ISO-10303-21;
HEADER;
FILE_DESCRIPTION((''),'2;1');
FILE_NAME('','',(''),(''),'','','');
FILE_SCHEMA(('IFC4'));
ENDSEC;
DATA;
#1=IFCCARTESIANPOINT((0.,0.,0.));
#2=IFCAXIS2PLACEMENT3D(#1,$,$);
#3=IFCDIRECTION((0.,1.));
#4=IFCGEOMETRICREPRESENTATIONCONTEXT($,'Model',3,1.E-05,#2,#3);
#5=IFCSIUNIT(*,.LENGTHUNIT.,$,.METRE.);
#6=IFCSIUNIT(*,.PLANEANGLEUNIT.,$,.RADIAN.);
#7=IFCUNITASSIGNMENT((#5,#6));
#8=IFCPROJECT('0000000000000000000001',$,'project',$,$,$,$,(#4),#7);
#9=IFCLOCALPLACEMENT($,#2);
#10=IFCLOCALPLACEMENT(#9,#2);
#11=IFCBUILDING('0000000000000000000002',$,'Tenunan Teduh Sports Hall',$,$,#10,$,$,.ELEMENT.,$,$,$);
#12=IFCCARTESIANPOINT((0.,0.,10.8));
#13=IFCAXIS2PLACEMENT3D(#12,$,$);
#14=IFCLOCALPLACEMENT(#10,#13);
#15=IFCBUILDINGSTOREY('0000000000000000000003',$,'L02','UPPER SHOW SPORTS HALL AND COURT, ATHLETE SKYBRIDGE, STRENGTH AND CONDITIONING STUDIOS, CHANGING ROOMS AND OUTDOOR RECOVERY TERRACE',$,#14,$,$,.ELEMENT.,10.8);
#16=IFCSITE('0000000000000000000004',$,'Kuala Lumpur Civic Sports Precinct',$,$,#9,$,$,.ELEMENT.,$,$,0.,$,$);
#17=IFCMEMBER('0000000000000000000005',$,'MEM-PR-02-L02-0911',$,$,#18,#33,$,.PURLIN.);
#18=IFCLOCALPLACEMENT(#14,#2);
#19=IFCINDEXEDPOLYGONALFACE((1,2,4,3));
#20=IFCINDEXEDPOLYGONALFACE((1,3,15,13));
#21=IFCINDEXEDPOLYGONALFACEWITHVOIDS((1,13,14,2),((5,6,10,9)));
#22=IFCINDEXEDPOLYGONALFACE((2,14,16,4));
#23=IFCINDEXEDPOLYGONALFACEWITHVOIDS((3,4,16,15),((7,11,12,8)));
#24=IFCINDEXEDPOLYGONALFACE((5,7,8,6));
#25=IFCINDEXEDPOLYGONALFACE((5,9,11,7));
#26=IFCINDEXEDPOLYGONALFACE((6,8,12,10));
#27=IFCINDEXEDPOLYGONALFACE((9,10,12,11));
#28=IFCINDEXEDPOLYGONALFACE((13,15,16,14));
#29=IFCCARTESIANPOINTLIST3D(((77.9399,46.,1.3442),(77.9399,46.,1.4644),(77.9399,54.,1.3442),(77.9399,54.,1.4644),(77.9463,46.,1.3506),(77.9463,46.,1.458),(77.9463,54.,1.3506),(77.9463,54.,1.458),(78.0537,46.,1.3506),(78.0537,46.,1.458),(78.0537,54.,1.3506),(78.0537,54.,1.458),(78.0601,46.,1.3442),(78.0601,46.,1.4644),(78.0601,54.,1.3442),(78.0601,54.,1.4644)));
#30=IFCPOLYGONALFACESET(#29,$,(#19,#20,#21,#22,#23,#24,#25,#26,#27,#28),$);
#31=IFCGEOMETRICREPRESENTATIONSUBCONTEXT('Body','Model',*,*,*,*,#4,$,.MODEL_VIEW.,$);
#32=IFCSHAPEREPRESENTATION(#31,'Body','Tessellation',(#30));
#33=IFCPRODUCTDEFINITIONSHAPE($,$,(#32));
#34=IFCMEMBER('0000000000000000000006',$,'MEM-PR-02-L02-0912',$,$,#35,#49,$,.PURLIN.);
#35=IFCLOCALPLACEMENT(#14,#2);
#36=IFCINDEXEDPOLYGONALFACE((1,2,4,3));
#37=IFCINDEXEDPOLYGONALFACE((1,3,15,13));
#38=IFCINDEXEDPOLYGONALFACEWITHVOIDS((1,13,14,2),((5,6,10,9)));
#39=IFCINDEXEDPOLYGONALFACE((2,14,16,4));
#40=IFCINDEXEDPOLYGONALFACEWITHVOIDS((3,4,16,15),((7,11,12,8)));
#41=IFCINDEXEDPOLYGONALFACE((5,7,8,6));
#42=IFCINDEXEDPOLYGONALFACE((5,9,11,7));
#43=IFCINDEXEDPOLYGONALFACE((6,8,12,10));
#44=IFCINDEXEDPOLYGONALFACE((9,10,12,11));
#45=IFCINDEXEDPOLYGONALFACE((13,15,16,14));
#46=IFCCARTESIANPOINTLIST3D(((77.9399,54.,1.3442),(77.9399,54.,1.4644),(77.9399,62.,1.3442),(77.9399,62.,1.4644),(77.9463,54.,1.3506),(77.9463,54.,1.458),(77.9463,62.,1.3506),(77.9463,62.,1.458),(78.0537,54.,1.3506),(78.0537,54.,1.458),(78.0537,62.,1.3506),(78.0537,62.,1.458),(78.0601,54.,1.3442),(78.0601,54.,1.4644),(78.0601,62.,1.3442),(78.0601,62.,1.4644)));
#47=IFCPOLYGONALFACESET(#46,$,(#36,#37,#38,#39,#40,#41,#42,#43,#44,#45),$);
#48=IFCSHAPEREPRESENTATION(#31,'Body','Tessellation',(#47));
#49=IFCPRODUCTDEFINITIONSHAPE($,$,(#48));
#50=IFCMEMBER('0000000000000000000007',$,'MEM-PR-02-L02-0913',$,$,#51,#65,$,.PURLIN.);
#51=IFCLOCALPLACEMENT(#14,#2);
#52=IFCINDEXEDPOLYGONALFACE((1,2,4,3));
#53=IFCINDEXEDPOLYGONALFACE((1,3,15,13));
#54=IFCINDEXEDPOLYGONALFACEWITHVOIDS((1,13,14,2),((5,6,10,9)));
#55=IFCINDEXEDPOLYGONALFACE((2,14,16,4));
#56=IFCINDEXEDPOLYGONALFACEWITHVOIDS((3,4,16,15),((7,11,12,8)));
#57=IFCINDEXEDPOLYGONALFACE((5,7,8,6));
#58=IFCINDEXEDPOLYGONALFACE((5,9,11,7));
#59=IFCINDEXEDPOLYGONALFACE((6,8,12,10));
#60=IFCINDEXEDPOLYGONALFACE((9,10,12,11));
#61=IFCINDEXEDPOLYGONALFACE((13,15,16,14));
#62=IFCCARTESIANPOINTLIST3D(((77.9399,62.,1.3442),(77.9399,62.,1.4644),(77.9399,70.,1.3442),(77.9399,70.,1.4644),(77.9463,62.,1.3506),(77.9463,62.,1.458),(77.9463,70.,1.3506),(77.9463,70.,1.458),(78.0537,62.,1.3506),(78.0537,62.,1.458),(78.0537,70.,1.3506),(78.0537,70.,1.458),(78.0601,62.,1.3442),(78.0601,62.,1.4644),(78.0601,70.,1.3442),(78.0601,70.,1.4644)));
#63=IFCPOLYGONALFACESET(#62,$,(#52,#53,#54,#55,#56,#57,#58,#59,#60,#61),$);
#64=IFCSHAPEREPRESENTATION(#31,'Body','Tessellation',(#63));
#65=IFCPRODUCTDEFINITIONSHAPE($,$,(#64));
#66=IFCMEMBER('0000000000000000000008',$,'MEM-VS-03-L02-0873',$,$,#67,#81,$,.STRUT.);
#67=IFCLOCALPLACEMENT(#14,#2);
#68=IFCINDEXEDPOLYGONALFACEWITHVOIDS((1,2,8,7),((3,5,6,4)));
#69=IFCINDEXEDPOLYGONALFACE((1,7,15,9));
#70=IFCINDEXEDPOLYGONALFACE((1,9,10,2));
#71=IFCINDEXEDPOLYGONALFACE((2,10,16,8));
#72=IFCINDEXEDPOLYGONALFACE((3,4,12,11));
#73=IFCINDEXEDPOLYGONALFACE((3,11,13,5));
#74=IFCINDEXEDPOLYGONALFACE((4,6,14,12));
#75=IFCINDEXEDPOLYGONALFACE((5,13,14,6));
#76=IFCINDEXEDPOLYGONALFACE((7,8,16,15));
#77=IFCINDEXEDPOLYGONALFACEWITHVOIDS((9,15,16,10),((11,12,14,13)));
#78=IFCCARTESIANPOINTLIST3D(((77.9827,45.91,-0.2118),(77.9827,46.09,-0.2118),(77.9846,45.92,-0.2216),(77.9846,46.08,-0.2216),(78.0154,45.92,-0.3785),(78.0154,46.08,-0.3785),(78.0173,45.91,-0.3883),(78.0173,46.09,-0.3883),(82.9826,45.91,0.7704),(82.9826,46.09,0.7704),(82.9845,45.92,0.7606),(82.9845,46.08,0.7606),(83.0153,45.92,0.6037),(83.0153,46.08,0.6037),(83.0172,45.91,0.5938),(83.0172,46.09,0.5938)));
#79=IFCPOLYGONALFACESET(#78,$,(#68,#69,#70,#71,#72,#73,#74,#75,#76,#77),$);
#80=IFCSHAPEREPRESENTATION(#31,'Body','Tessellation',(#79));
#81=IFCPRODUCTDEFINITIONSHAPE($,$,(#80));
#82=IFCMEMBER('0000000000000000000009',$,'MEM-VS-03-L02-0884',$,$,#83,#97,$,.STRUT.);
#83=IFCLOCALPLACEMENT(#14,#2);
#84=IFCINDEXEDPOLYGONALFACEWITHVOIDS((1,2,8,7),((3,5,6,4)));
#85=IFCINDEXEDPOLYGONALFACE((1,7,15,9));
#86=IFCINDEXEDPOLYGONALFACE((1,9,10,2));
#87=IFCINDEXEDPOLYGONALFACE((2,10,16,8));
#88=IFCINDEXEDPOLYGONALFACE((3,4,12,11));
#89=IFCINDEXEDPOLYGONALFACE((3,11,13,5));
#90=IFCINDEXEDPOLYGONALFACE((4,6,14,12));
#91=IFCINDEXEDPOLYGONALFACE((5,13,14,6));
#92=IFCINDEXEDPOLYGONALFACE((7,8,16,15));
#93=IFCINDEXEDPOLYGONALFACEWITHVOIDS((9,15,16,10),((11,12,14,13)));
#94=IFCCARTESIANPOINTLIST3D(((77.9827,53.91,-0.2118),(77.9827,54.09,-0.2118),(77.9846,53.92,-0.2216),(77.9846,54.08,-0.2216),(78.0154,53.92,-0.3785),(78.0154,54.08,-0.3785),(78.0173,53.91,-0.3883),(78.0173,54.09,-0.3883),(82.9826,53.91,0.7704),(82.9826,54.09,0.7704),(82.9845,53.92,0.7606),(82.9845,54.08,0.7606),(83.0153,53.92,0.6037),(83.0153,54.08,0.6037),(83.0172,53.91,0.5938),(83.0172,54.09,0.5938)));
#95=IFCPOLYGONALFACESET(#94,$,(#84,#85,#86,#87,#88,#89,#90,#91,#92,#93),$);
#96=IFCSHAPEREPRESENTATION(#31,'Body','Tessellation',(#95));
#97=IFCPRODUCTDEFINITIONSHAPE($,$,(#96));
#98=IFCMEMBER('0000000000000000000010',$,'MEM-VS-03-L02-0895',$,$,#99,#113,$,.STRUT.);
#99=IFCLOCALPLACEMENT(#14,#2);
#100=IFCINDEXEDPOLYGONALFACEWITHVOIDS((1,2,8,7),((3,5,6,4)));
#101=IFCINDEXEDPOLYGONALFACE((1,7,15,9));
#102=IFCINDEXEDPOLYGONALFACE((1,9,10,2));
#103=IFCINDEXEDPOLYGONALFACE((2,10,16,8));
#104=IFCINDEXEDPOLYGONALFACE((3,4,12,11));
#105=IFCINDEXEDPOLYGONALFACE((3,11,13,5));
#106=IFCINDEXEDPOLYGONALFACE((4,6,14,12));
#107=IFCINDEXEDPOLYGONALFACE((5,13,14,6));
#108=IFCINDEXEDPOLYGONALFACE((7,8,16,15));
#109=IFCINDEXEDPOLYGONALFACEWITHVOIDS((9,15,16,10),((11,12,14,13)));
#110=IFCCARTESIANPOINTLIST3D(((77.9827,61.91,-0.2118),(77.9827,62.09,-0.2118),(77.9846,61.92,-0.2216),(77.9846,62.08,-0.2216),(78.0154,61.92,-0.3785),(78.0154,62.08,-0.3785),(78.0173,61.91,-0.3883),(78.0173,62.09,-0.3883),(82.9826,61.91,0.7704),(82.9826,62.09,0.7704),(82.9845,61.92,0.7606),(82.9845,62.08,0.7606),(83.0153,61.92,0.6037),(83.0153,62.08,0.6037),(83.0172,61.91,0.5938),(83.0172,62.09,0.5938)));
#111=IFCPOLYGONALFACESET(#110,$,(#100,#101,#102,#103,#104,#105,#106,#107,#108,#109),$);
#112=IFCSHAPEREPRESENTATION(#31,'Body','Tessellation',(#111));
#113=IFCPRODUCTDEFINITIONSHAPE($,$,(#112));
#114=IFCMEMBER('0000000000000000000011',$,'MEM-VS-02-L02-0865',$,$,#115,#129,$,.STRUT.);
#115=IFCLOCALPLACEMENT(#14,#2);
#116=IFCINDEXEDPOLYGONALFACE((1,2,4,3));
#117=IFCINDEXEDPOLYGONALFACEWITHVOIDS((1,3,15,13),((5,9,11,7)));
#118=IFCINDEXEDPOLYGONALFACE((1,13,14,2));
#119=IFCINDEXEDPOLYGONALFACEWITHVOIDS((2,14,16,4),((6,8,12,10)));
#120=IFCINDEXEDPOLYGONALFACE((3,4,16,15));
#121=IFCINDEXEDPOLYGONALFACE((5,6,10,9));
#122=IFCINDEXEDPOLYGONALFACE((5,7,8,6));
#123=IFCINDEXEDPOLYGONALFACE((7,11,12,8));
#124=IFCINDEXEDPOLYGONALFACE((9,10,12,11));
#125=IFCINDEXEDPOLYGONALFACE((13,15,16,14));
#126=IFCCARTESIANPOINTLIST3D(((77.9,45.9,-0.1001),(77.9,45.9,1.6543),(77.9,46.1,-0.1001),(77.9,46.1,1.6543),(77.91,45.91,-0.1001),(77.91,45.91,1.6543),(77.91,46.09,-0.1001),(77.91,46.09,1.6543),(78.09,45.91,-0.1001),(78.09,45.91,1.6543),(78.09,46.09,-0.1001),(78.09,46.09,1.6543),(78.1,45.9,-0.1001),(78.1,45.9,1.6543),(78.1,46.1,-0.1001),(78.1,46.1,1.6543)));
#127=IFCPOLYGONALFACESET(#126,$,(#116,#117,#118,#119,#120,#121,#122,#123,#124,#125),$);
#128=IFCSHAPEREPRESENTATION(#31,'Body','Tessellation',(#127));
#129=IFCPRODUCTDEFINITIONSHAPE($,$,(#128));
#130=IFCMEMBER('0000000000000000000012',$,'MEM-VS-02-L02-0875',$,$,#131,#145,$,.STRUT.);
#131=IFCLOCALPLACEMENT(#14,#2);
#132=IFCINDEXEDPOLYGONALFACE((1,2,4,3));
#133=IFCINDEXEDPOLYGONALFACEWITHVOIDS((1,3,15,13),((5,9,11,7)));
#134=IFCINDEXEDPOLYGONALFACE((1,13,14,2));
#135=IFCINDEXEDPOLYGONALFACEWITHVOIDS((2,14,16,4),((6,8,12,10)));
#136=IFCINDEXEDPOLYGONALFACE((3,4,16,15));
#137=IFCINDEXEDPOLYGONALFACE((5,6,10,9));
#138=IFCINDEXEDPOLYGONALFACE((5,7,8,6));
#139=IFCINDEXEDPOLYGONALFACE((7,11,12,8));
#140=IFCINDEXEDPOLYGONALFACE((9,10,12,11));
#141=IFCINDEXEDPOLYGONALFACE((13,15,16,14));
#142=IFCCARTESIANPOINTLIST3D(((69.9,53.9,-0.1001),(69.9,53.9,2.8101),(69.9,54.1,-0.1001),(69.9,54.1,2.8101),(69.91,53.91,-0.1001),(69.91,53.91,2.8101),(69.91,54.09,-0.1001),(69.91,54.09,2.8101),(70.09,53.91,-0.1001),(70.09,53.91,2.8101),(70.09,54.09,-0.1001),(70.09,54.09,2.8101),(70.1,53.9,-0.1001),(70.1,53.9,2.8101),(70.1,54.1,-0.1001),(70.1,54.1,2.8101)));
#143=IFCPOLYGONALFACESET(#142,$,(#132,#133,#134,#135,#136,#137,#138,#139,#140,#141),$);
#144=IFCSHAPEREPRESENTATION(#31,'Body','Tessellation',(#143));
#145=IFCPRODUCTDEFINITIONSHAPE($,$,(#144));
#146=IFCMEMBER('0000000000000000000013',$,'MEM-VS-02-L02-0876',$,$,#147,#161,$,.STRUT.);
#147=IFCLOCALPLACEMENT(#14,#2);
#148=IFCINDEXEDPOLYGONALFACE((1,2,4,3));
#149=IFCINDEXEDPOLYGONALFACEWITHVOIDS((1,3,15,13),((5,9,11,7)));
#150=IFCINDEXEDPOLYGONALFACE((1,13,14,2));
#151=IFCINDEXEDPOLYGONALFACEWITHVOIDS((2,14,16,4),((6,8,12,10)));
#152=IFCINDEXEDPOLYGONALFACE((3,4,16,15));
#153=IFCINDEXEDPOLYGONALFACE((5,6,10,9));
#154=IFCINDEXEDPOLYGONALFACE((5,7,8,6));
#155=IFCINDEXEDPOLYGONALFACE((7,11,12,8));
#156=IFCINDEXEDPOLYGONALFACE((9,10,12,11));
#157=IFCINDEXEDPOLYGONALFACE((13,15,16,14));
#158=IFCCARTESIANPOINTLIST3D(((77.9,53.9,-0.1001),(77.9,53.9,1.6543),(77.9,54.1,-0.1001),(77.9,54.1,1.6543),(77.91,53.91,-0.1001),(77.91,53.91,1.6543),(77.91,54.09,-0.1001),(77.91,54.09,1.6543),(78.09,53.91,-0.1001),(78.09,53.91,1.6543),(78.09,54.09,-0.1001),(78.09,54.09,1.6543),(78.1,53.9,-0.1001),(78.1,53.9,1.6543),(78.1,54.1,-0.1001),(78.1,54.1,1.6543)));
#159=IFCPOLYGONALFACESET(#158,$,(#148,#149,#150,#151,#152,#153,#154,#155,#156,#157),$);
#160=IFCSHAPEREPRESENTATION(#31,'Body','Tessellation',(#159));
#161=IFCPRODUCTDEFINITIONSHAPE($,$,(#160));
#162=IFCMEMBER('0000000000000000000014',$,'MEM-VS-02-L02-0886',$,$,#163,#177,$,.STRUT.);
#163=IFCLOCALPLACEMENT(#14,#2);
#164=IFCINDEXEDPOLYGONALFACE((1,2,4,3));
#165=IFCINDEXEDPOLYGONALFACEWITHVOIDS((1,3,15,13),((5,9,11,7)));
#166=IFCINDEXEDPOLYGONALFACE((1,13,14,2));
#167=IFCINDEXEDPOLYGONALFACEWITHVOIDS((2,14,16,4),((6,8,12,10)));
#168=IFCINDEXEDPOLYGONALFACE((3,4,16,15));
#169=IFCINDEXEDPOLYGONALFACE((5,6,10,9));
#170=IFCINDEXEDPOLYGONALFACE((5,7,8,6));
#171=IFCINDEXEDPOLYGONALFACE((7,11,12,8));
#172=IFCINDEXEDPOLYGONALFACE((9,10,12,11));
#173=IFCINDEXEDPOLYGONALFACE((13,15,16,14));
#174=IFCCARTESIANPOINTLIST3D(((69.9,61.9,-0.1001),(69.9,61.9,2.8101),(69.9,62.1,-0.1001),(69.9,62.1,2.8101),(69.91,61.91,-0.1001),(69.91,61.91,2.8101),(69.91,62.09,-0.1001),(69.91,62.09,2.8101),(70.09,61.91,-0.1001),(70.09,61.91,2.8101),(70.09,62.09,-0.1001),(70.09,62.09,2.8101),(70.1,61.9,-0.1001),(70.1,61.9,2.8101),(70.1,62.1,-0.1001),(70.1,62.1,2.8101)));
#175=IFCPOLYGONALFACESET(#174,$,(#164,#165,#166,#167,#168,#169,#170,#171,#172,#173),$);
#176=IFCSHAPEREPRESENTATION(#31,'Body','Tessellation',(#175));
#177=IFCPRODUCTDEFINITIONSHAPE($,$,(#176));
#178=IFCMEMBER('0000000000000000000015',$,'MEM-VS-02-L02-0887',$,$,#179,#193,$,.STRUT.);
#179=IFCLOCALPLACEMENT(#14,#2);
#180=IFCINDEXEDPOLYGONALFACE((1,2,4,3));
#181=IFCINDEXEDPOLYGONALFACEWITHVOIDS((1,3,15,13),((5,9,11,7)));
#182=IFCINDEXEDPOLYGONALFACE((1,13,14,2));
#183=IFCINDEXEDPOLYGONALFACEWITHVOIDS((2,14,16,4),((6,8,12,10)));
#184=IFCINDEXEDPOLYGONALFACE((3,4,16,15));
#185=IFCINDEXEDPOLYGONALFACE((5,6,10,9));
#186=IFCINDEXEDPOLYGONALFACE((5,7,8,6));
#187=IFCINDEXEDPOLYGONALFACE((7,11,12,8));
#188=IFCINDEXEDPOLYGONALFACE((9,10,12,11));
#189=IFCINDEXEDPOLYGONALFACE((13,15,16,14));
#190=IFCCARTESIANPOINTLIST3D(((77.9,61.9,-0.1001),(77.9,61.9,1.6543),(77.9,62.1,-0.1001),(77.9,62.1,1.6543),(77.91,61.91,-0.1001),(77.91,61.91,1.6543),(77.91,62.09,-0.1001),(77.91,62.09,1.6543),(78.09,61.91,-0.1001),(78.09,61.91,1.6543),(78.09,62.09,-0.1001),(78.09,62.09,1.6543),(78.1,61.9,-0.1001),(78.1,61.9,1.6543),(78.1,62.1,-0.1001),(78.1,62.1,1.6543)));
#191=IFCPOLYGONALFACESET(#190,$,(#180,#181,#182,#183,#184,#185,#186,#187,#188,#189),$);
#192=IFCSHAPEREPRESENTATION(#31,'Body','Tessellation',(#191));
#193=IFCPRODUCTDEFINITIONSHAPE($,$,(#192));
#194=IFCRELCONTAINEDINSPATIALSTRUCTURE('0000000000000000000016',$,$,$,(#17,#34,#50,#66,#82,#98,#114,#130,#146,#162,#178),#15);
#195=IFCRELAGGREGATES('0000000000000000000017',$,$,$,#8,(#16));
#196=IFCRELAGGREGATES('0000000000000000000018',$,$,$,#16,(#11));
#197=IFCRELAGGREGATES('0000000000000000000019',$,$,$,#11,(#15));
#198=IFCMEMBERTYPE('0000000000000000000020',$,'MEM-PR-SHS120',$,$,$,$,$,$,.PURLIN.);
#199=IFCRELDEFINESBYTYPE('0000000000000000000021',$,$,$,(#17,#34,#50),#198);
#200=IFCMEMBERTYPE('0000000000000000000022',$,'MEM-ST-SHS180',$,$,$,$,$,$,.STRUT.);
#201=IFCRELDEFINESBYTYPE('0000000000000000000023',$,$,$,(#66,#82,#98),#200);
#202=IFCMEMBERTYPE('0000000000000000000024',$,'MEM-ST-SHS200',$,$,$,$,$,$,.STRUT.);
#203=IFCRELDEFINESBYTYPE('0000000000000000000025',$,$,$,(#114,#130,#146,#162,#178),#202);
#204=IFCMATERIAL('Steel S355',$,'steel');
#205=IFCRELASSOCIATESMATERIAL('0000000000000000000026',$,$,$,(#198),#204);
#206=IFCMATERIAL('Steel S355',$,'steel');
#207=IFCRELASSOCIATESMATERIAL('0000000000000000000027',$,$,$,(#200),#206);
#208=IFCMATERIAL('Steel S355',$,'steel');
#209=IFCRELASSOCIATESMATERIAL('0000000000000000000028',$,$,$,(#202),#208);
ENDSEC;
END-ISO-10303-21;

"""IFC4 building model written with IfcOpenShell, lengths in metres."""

from ifc_helpers import new_model, si_unit, direction, frame, origin, origin_2d, place, context, subcontext, project, spatial, hollow_rectangle, extrude, material, material_profile, profile_set, type_object, element, save


model = new_model("IFC4")

# Units and contexts
model_context = context("Model", 3, precision=1e-05, world=origin(), true_north=direction((0.0, 1.0)))
body_context = subcontext(model_context, "Body", "Model", "MODEL_VIEW")
ifc_project = project(units=[si_unit("LENGTHUNIT", "METRE"), si_unit("PLANEANGLEUNIT", "RADIAN")], contexts=[model_context])

# Site, building, storey
site_placement = place(None, origin())
site = spatial("IfcSite", under=ifc_project, at=site_placement, Name="Kuala Lumpur Civic Sports Precinct", CompositionType="ELEMENT", RefElevation=0.0)
building_placement = place(site_placement, origin())
building = spatial("IfcBuilding", under=site, at=building_placement, Name="Tenunan Teduh Sports Hall", CompositionType="ELEMENT")
storey_placement = place(building_placement, frame((0.0, 0.0, 10.8)))
storey = spatial("IfcBuildingStorey", under=building, at=storey_placement, Name="L02", Description="UPPER SHOW SPORTS HALL AND COURT, ATHLETE SKYBRIDGE, STRENGTH AND CONDITIONING STUDIOS, CHANGING ROOMS AND OUTDOOR RECOVERY TERRACE", CompositionType="ELEMENT", Elevation=10.8)

# Members
ifc_material_1 = material(Name="Steel S355", Category="steel")
ifc_material_profile_1 = material_profile(ifc_material_1, hollow_rectangle(XDim=0.1201, YDim=0.1201, WallThickness=0.0063, at=origin_2d()), Name="SHS 120x120x6.3")
ifc_profile_set_1 = profile_set([ifc_material_profile_1], Name="Steel S355")
member_type_1 = type_object("IfcMemberType", Name="MEM-PR-SHS120", PredefinedType="PURLIN", material=ifc_profile_set_1)
for number, where, z_axis, x_axis, name in (
    (1, (78.0, 46.0, 1.4043), (0.0, 1.0, 0.0), (-1.0, 0.0, 0.0), "MEM-PR-02-L02-0911"),
    (2, (78.0, 54.0, 1.4043), (0.0, 1.0, 0.0), (-1.0, 0.0, 0.0), "MEM-PR-02-L02-0912"),
    (3, (78.0, 62.0, 1.4043), (0.0, 1.0, 0.0), (-1.0, 0.0, 0.0), "MEM-PR-02-L02-0913"),
):
    element("IfcMember", number, at=place(storey_placement, frame(where, z_axis=z_axis, x_axis=x_axis)), inside=storey, type_object=member_type_1, Name=name, PredefinedType="PURLIN", context=body_context, shape_type="SweptSolid", body=[
        extrude(hollow_rectangle(XDim=0.1201, YDim=0.1201, WallThickness=0.0063, at=origin_2d()), origin(), (0.0, 0.0, 1.0), 8.0),
    ])
ifc_material_2 = material(Name="Steel S355", Category="steel")
ifc_material_profile_2 = material_profile(ifc_material_2, hollow_rectangle(XDim=0.1799, YDim=0.1799, WallThickness=0.01, at=origin_2d()), Name="SHS 180x180x10.0")
ifc_profile_set_2 = profile_set([ifc_material_profile_2], Name="Steel S355")
member_type_2 = type_object("IfcMemberType", Name="MEM-ST-SHS180", PredefinedType="STRUT", material=ifc_profile_set_2)
for number, where, z_axis, x_axis, name in (
    (4, (78.0, 46.0, -0.3), (0.981248, 0.0, 0.192752), (0.0, 1.0, 0.0), "MEM-VS-03-L02-0873"),
    (5, (78.0, 54.0, -0.3), (0.981248, 0.0, 0.192752), (0.0, 1.0, 0.0), "MEM-VS-03-L02-0884"),
    (6, (78.0, 62.0, -0.3), (0.981248, 0.0, 0.192752), (0.0, 1.0, 0.0), "MEM-VS-03-L02-0895"),
):
    element("IfcMember", number, at=place(storey_placement, frame(where, z_axis=z_axis, x_axis=x_axis)), inside=storey, type_object=member_type_2, Name=name, PredefinedType="STRUT", context=body_context, shape_type="SweptSolid", body=[
        extrude(hollow_rectangle(XDim=0.1799, YDim=0.1799, WallThickness=0.01, at=origin_2d()), origin(), (0.0, 0.0, 1.0), 5.0955),
    ])
ifc_material_3 = material(Name="Steel S355", Category="steel")
ifc_material_profile_3 = material_profile(ifc_material_3, hollow_rectangle(XDim=0.2, YDim=0.2, WallThickness=0.01, at=origin_2d()), Name="SHS 200x200x10.0")
ifc_profile_set_3 = profile_set([ifc_material_profile_3], Name="Steel S355")
member_type_3 = type_object("IfcMemberType", Name="MEM-ST-SHS200", PredefinedType="STRUT", material=ifc_profile_set_3)
member_1_placement = place(storey_placement, frame((78.0, 46.0, -0.1001), z_axis=(0.0, 0.0, 1.0), x_axis=(1.0, 0.0, 0.0)))
element("IfcMember", 7, at=member_1_placement, inside=storey, type_object=member_type_3, Name="MEM-VS-02-L02-0865", PredefinedType="STRUT", context=body_context, shape_type="SweptSolid", body=[
    extrude(hollow_rectangle(XDim=0.2, YDim=0.2, WallThickness=0.01, at=origin_2d()), origin(), (0.0, 0.0, 1.0), 1.7544),
])
member_2_placement = place(storey_placement, frame((70.0, 54.0, -0.1001), z_axis=(0.0, 0.0, 1.0), x_axis=(1.0, 0.0, 0.0)))
element("IfcMember", 8, at=member_2_placement, inside=storey, type_object=member_type_3, Name="MEM-VS-02-L02-0875", PredefinedType="STRUT", context=body_context, shape_type="SweptSolid", body=[
    extrude(hollow_rectangle(XDim=0.2, YDim=0.2, WallThickness=0.01, at=origin_2d()), origin(), (0.0, 0.0, 1.0), 2.9102),
])
member_3_placement = place(storey_placement, frame((78.0, 54.0, -0.1001), z_axis=(0.0, 0.0, 1.0), x_axis=(1.0, 0.0, 0.0)))
element("IfcMember", 9, at=member_3_placement, inside=storey, type_object=member_type_3, Name="MEM-VS-02-L02-0876", PredefinedType="STRUT", context=body_context, shape_type="SweptSolid", body=[
    extrude(hollow_rectangle(XDim=0.2, YDim=0.2, WallThickness=0.01, at=origin_2d()), origin(), (0.0, 0.0, 1.0), 1.7544),
])
member_4_placement = place(storey_placement, frame((70.0, 62.0, -0.1001), z_axis=(0.0, 0.0, 1.0), x_axis=(1.0, 0.0, 0.0)))
element("IfcMember", 10, at=member_4_placement, inside=storey, type_object=member_type_3, Name="MEM-VS-02-L02-0886", PredefinedType="STRUT", context=body_context, shape_type="SweptSolid", body=[
    extrude(hollow_rectangle(XDim=0.2, YDim=0.2, WallThickness=0.01, at=origin_2d()), origin(), (0.0, 0.0, 1.0), 2.9102),
])
member_5_placement = place(storey_placement, frame((78.0, 62.0, -0.1001), z_axis=(0.0, 0.0, 1.0), x_axis=(1.0, 0.0, 0.0)))
element("IfcMember", 11, at=member_5_placement, inside=storey, type_object=member_type_3, Name="MEM-VS-02-L02-0887", PredefinedType="STRUT", context=body_context, shape_type="SweptSolid", body=[
    extrude(hollow_rectangle(XDim=0.2, YDim=0.2, WallThickness=0.01, at=origin_2d()), origin(), (0.0, 0.0, 1.0), 1.7544),
])

save(model, "model.ifc")
